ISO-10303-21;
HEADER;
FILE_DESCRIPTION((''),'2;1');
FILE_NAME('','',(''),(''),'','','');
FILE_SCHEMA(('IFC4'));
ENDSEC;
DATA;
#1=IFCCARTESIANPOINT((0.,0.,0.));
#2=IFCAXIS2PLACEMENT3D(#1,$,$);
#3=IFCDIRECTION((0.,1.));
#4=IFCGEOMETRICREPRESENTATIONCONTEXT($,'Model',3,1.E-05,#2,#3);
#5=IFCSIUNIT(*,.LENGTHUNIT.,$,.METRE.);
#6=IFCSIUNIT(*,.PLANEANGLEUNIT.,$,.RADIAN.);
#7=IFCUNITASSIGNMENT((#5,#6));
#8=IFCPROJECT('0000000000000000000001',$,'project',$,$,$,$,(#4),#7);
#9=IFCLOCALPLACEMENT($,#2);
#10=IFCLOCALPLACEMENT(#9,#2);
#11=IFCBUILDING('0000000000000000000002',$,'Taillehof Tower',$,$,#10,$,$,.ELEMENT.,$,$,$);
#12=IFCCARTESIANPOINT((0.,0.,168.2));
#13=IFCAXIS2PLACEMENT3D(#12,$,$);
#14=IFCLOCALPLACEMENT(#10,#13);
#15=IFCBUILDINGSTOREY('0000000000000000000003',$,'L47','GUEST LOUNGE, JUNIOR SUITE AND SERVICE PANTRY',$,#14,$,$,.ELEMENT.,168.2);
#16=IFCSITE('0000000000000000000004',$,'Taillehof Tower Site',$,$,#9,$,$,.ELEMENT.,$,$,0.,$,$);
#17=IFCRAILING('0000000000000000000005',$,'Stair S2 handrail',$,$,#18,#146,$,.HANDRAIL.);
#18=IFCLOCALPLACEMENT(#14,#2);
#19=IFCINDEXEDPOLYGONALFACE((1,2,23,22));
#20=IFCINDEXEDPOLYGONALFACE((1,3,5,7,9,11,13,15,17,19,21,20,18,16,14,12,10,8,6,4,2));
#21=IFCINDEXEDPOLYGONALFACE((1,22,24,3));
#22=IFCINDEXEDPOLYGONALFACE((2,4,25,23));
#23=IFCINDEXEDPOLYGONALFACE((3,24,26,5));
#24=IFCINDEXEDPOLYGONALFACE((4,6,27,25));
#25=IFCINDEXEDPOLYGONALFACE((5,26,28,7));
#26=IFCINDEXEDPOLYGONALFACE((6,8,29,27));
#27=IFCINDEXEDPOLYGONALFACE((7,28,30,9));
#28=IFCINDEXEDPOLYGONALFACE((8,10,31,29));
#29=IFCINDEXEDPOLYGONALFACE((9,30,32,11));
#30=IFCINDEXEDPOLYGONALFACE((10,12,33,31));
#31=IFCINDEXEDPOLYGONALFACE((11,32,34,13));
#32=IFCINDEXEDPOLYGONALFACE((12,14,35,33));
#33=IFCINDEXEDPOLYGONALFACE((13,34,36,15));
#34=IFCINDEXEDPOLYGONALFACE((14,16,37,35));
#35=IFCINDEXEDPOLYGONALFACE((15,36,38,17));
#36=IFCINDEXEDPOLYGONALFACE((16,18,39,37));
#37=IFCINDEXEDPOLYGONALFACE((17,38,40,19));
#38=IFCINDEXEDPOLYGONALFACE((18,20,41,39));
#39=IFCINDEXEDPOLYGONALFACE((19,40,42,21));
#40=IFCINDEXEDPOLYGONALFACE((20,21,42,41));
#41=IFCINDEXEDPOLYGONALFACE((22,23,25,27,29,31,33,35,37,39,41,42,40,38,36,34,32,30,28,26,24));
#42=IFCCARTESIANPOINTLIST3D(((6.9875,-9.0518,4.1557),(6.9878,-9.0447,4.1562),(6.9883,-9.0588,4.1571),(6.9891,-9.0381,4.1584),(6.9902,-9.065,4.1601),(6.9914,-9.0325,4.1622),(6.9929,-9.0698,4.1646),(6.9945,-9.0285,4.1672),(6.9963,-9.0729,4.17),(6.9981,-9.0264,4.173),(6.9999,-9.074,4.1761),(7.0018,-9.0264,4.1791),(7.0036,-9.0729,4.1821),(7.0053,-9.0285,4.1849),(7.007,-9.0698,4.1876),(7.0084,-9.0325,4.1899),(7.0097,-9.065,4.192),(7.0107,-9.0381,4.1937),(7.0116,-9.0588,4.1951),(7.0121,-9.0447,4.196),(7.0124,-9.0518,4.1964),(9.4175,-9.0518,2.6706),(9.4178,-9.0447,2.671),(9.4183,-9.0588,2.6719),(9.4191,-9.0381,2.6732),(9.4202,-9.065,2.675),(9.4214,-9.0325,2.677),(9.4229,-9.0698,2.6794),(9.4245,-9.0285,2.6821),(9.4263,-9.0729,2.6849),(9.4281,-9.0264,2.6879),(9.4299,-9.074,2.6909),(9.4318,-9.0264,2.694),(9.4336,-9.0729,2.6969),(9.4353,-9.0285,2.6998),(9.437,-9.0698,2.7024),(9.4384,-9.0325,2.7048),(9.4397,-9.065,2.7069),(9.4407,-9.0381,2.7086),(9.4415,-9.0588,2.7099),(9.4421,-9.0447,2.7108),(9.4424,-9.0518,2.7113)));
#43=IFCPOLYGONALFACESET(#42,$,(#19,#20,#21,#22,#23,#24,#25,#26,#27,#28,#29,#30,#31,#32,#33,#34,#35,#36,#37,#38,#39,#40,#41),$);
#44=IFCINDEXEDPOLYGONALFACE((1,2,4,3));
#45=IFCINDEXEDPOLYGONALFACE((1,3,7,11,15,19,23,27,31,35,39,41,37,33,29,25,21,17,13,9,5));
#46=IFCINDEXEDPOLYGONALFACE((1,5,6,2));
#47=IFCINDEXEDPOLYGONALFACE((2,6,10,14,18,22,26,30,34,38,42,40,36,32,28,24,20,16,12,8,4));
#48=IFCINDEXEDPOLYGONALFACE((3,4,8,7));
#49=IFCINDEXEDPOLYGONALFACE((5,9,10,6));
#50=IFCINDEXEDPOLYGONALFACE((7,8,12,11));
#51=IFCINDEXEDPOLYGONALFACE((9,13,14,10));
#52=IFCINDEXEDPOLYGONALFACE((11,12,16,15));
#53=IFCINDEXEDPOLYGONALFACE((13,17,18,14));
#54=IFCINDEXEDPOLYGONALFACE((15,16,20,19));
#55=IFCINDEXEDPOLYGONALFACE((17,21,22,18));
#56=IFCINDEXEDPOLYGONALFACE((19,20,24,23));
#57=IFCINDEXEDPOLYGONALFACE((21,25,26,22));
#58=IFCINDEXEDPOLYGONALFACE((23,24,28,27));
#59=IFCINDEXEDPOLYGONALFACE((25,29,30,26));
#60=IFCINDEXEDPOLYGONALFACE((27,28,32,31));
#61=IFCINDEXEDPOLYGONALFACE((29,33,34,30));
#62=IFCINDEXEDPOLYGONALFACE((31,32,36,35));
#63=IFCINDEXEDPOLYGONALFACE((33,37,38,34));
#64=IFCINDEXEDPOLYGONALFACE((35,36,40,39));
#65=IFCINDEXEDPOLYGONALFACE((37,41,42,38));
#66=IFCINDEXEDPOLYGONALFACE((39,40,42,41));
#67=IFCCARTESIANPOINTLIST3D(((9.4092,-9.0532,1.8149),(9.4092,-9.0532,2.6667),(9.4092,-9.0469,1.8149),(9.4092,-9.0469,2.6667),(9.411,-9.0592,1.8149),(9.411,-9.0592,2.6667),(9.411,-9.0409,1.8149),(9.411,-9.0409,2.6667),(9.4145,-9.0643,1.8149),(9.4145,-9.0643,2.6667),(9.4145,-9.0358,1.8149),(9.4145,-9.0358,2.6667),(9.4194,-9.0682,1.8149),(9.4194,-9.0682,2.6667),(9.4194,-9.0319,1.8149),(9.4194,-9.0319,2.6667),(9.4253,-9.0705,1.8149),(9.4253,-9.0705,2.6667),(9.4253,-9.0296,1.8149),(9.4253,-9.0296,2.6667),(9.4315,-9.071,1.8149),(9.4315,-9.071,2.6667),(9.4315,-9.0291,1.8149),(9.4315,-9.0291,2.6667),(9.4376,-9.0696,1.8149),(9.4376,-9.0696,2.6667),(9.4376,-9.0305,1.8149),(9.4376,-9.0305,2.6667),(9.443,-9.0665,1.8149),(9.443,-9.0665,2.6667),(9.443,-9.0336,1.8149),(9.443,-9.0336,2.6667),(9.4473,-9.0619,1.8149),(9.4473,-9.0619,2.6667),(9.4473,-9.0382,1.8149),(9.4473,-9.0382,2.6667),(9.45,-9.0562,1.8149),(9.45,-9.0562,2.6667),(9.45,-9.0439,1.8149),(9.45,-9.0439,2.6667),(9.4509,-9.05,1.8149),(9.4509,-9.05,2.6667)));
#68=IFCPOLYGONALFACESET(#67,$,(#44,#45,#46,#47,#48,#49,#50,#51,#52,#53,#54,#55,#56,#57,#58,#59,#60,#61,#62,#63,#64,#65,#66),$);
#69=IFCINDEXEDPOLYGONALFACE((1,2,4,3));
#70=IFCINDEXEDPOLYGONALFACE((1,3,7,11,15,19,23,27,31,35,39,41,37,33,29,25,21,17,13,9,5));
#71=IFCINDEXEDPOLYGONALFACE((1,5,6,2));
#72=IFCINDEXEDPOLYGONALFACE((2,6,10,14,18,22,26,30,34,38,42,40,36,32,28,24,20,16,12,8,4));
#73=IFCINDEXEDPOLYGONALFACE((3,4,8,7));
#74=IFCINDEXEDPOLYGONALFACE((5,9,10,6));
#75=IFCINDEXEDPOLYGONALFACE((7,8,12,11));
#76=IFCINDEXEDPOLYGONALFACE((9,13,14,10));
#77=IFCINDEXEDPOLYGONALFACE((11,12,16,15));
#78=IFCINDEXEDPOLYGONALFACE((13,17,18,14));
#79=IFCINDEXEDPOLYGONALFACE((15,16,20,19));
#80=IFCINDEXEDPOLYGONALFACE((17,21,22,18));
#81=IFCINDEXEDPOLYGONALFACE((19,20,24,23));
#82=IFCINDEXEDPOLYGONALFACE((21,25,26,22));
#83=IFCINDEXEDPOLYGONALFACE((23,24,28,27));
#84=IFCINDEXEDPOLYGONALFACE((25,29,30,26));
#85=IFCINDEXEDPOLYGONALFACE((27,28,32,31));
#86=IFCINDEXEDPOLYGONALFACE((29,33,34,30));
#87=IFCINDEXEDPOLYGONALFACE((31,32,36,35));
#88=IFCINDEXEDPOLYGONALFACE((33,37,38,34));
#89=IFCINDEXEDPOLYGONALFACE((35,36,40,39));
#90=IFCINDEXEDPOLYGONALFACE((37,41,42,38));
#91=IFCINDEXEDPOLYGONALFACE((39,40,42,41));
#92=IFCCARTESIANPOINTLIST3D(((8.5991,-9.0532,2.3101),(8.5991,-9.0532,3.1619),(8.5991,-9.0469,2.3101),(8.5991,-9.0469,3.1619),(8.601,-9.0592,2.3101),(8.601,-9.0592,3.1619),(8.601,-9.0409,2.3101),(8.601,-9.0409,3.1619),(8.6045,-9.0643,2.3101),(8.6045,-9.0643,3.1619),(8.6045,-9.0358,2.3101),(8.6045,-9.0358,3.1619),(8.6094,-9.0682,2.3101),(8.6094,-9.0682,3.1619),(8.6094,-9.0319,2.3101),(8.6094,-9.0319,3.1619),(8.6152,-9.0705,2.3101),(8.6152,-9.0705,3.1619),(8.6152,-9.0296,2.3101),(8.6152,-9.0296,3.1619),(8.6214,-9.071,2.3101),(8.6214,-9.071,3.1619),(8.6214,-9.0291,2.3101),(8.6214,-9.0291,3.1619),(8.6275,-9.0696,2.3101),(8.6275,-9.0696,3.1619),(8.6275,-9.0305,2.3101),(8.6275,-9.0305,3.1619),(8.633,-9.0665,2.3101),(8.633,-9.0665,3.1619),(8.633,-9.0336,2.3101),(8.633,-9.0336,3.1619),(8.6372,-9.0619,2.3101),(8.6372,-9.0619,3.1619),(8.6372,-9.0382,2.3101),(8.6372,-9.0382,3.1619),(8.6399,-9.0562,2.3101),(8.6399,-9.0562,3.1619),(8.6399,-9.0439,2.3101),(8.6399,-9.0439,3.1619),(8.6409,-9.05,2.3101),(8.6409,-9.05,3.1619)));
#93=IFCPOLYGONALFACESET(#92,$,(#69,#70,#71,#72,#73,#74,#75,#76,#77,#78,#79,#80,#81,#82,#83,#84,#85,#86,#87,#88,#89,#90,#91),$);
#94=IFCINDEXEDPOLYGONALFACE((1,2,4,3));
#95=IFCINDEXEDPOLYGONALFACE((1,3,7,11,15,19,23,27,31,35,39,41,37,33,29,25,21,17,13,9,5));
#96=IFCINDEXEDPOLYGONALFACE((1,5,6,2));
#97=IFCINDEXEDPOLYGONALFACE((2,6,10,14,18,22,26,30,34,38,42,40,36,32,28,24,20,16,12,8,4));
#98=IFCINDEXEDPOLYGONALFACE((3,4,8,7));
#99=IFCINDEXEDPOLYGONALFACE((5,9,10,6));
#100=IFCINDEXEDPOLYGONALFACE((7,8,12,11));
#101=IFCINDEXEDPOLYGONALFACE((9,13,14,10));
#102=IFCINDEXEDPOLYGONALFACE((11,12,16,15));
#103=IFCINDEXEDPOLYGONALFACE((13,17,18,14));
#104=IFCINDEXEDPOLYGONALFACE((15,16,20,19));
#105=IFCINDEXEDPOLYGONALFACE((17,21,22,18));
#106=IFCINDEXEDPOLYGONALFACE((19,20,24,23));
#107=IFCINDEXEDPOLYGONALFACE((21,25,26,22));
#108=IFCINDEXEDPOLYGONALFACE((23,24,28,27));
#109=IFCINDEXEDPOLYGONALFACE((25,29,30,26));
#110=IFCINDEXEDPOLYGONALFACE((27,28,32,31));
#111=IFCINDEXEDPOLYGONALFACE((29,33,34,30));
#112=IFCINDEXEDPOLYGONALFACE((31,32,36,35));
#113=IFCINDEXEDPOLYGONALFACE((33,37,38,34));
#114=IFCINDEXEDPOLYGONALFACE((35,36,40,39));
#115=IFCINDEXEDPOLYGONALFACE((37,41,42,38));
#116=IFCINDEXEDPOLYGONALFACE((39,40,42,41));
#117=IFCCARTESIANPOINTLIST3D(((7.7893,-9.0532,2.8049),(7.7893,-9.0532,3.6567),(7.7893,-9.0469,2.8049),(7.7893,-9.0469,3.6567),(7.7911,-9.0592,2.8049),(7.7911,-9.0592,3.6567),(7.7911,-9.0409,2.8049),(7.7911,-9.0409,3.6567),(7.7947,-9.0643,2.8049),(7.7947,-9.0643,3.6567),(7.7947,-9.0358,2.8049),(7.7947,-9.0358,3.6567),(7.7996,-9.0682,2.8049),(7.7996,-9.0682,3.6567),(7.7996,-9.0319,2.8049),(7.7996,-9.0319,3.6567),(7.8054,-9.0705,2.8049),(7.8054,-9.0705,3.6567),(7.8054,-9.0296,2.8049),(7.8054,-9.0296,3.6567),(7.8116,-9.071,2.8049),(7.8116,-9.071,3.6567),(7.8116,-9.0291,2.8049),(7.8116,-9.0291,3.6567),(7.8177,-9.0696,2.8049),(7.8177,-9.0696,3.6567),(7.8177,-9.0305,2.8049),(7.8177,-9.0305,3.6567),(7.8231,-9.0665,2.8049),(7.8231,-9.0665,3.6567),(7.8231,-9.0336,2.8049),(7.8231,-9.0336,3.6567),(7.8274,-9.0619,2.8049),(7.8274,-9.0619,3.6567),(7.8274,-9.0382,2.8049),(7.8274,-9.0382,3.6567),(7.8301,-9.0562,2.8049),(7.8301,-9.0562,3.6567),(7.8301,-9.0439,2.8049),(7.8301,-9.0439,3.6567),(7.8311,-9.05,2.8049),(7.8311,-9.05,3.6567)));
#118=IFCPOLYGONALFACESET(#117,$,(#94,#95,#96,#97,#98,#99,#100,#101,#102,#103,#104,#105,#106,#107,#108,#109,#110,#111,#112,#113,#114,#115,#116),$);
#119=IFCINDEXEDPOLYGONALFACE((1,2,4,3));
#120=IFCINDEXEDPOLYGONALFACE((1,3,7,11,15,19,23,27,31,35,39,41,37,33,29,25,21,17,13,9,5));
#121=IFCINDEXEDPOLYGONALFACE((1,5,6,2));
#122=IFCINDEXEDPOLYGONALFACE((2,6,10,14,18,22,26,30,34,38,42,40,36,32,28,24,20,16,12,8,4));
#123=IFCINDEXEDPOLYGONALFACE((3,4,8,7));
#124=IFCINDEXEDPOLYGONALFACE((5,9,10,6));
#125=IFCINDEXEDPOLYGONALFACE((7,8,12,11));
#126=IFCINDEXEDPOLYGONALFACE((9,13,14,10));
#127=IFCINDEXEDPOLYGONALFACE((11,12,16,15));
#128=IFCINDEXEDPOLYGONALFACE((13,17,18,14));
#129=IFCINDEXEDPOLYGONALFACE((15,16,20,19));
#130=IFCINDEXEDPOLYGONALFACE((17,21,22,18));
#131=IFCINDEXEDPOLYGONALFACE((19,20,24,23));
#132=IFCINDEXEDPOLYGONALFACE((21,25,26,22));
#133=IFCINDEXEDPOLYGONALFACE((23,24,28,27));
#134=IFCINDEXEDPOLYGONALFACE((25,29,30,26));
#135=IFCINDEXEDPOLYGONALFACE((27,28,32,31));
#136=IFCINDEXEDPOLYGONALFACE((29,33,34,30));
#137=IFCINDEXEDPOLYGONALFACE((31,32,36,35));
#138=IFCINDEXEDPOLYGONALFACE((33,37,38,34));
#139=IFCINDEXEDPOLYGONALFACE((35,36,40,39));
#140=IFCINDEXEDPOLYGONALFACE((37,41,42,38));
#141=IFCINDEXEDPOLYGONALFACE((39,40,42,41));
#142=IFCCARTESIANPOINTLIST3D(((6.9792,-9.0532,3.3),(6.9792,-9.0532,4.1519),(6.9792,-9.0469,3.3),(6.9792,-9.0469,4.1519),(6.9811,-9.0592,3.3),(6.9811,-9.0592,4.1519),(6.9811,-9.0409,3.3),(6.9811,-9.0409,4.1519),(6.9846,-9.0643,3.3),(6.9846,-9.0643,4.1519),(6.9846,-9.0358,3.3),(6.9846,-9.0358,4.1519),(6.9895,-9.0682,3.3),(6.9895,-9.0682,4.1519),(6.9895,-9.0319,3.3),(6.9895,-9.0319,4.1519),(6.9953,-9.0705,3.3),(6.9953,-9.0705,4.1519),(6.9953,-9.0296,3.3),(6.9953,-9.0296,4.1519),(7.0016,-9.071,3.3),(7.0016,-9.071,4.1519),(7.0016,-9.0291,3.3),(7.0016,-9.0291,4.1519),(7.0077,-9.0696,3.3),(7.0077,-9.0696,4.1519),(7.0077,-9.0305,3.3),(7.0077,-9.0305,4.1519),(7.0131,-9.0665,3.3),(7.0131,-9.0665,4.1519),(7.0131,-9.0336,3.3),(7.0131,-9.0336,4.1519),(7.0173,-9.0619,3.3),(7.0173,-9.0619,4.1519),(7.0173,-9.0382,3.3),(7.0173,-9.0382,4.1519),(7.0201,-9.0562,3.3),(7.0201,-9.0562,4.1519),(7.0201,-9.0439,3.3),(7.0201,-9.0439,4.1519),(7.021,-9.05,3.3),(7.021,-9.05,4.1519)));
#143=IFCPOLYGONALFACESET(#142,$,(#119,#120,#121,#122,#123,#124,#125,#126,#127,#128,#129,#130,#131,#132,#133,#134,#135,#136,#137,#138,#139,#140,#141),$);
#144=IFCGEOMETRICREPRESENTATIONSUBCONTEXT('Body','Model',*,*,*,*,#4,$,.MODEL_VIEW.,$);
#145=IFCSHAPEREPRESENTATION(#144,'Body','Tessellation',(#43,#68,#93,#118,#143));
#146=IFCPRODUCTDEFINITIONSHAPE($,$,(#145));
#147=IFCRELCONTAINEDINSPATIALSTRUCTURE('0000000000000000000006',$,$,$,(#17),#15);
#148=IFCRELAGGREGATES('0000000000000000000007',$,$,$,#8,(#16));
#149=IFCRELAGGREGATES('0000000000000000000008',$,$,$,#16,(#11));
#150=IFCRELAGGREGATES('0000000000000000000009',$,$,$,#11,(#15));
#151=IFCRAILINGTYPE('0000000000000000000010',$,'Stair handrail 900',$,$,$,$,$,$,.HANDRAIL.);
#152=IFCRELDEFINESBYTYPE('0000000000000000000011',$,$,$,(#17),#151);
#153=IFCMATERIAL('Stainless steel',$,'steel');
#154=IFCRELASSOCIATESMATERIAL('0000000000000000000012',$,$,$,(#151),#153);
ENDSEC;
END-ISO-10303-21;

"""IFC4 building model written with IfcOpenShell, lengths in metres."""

from ifc_helpers import new_model, si_unit, direction, frame, origin, origin_2d, place, context, subcontext, project, spatial, circle, extrude, material, type_object, element, save


model = new_model("IFC4")

# Units and contexts
model_context = context("Model", 3, precision=1e-05, world=origin(), true_north=direction((0.0, 1.0)))
body_context = subcontext(model_context, "Body", "Model", "MODEL_VIEW")
ifc_project = project(units=[si_unit("LENGTHUNIT", "METRE"), si_unit("PLANEANGLEUNIT", "RADIAN")], contexts=[model_context])

# Site, building, storey
site_placement = place(None, origin())
site = spatial("IfcSite", under=ifc_project, at=site_placement, Name="Taillehof Tower Site", CompositionType="ELEMENT", RefElevation=0.0)
building_placement = place(site_placement, origin())
building = spatial("IfcBuilding", under=site, at=building_placement, Name="Taillehof Tower", CompositionType="ELEMENT")
storey_placement = place(building_placement, frame((0.0, 0.0, 168.2)))
storey = spatial("IfcBuildingStorey", under=building, at=storey_placement, Name="L47", Description="GUEST LOUNGE, JUNIOR SUITE AND SERVICE PANTRY", CompositionType="ELEMENT", Elevation=168.2)

# Railing
ifc_material_1 = material(Name="Stainless steel", Category="steel")
railing_type = type_object("IfcRailingType", Name="Stair handrail 900", PredefinedType="HANDRAIL", material=ifc_material_1)
railing_placement = place(storey_placement, frame((9.4299, -9.05, 1.8149)))
element("IfcRailing", 1, at=railing_placement, inside=storey, type_object=railing_type, Name="Stair S2 handrail", PredefinedType="HANDRAIL", context=body_context, shape_type="SweptSolid", body=[
    extrude(circle(Radius=0.0239, at=origin_2d()), frame((0.0, 0.0, 0.876), z_axis=(-0.853259, 0.0, 0.521488), x_axis=(0.0, -1.0, 0.0)), (0.0, 0.0, 1.0), 2.8479),
    extrude(circle(Radius=0.021, at=origin_2d()), origin(), (0.0, 0.0, 1.0), 0.8518),
    extrude(circle(Radius=0.021, at=origin_2d()), frame((-0.8101, 0.0, 0.4951)), (0.0, 0.0, 1.0), 0.8518),
    extrude(circle(Radius=0.021, at=origin_2d()), frame((-1.6199, 0.0, 0.99)), (0.0, 0.0, 1.0), 0.8518),
    extrude(circle(Radius=0.021, at=origin_2d()), frame((-2.4299, 0.0, 1.4851)), (0.0, 0.0, 1.0), 0.8518),
])

save(model, "model.ifc")
